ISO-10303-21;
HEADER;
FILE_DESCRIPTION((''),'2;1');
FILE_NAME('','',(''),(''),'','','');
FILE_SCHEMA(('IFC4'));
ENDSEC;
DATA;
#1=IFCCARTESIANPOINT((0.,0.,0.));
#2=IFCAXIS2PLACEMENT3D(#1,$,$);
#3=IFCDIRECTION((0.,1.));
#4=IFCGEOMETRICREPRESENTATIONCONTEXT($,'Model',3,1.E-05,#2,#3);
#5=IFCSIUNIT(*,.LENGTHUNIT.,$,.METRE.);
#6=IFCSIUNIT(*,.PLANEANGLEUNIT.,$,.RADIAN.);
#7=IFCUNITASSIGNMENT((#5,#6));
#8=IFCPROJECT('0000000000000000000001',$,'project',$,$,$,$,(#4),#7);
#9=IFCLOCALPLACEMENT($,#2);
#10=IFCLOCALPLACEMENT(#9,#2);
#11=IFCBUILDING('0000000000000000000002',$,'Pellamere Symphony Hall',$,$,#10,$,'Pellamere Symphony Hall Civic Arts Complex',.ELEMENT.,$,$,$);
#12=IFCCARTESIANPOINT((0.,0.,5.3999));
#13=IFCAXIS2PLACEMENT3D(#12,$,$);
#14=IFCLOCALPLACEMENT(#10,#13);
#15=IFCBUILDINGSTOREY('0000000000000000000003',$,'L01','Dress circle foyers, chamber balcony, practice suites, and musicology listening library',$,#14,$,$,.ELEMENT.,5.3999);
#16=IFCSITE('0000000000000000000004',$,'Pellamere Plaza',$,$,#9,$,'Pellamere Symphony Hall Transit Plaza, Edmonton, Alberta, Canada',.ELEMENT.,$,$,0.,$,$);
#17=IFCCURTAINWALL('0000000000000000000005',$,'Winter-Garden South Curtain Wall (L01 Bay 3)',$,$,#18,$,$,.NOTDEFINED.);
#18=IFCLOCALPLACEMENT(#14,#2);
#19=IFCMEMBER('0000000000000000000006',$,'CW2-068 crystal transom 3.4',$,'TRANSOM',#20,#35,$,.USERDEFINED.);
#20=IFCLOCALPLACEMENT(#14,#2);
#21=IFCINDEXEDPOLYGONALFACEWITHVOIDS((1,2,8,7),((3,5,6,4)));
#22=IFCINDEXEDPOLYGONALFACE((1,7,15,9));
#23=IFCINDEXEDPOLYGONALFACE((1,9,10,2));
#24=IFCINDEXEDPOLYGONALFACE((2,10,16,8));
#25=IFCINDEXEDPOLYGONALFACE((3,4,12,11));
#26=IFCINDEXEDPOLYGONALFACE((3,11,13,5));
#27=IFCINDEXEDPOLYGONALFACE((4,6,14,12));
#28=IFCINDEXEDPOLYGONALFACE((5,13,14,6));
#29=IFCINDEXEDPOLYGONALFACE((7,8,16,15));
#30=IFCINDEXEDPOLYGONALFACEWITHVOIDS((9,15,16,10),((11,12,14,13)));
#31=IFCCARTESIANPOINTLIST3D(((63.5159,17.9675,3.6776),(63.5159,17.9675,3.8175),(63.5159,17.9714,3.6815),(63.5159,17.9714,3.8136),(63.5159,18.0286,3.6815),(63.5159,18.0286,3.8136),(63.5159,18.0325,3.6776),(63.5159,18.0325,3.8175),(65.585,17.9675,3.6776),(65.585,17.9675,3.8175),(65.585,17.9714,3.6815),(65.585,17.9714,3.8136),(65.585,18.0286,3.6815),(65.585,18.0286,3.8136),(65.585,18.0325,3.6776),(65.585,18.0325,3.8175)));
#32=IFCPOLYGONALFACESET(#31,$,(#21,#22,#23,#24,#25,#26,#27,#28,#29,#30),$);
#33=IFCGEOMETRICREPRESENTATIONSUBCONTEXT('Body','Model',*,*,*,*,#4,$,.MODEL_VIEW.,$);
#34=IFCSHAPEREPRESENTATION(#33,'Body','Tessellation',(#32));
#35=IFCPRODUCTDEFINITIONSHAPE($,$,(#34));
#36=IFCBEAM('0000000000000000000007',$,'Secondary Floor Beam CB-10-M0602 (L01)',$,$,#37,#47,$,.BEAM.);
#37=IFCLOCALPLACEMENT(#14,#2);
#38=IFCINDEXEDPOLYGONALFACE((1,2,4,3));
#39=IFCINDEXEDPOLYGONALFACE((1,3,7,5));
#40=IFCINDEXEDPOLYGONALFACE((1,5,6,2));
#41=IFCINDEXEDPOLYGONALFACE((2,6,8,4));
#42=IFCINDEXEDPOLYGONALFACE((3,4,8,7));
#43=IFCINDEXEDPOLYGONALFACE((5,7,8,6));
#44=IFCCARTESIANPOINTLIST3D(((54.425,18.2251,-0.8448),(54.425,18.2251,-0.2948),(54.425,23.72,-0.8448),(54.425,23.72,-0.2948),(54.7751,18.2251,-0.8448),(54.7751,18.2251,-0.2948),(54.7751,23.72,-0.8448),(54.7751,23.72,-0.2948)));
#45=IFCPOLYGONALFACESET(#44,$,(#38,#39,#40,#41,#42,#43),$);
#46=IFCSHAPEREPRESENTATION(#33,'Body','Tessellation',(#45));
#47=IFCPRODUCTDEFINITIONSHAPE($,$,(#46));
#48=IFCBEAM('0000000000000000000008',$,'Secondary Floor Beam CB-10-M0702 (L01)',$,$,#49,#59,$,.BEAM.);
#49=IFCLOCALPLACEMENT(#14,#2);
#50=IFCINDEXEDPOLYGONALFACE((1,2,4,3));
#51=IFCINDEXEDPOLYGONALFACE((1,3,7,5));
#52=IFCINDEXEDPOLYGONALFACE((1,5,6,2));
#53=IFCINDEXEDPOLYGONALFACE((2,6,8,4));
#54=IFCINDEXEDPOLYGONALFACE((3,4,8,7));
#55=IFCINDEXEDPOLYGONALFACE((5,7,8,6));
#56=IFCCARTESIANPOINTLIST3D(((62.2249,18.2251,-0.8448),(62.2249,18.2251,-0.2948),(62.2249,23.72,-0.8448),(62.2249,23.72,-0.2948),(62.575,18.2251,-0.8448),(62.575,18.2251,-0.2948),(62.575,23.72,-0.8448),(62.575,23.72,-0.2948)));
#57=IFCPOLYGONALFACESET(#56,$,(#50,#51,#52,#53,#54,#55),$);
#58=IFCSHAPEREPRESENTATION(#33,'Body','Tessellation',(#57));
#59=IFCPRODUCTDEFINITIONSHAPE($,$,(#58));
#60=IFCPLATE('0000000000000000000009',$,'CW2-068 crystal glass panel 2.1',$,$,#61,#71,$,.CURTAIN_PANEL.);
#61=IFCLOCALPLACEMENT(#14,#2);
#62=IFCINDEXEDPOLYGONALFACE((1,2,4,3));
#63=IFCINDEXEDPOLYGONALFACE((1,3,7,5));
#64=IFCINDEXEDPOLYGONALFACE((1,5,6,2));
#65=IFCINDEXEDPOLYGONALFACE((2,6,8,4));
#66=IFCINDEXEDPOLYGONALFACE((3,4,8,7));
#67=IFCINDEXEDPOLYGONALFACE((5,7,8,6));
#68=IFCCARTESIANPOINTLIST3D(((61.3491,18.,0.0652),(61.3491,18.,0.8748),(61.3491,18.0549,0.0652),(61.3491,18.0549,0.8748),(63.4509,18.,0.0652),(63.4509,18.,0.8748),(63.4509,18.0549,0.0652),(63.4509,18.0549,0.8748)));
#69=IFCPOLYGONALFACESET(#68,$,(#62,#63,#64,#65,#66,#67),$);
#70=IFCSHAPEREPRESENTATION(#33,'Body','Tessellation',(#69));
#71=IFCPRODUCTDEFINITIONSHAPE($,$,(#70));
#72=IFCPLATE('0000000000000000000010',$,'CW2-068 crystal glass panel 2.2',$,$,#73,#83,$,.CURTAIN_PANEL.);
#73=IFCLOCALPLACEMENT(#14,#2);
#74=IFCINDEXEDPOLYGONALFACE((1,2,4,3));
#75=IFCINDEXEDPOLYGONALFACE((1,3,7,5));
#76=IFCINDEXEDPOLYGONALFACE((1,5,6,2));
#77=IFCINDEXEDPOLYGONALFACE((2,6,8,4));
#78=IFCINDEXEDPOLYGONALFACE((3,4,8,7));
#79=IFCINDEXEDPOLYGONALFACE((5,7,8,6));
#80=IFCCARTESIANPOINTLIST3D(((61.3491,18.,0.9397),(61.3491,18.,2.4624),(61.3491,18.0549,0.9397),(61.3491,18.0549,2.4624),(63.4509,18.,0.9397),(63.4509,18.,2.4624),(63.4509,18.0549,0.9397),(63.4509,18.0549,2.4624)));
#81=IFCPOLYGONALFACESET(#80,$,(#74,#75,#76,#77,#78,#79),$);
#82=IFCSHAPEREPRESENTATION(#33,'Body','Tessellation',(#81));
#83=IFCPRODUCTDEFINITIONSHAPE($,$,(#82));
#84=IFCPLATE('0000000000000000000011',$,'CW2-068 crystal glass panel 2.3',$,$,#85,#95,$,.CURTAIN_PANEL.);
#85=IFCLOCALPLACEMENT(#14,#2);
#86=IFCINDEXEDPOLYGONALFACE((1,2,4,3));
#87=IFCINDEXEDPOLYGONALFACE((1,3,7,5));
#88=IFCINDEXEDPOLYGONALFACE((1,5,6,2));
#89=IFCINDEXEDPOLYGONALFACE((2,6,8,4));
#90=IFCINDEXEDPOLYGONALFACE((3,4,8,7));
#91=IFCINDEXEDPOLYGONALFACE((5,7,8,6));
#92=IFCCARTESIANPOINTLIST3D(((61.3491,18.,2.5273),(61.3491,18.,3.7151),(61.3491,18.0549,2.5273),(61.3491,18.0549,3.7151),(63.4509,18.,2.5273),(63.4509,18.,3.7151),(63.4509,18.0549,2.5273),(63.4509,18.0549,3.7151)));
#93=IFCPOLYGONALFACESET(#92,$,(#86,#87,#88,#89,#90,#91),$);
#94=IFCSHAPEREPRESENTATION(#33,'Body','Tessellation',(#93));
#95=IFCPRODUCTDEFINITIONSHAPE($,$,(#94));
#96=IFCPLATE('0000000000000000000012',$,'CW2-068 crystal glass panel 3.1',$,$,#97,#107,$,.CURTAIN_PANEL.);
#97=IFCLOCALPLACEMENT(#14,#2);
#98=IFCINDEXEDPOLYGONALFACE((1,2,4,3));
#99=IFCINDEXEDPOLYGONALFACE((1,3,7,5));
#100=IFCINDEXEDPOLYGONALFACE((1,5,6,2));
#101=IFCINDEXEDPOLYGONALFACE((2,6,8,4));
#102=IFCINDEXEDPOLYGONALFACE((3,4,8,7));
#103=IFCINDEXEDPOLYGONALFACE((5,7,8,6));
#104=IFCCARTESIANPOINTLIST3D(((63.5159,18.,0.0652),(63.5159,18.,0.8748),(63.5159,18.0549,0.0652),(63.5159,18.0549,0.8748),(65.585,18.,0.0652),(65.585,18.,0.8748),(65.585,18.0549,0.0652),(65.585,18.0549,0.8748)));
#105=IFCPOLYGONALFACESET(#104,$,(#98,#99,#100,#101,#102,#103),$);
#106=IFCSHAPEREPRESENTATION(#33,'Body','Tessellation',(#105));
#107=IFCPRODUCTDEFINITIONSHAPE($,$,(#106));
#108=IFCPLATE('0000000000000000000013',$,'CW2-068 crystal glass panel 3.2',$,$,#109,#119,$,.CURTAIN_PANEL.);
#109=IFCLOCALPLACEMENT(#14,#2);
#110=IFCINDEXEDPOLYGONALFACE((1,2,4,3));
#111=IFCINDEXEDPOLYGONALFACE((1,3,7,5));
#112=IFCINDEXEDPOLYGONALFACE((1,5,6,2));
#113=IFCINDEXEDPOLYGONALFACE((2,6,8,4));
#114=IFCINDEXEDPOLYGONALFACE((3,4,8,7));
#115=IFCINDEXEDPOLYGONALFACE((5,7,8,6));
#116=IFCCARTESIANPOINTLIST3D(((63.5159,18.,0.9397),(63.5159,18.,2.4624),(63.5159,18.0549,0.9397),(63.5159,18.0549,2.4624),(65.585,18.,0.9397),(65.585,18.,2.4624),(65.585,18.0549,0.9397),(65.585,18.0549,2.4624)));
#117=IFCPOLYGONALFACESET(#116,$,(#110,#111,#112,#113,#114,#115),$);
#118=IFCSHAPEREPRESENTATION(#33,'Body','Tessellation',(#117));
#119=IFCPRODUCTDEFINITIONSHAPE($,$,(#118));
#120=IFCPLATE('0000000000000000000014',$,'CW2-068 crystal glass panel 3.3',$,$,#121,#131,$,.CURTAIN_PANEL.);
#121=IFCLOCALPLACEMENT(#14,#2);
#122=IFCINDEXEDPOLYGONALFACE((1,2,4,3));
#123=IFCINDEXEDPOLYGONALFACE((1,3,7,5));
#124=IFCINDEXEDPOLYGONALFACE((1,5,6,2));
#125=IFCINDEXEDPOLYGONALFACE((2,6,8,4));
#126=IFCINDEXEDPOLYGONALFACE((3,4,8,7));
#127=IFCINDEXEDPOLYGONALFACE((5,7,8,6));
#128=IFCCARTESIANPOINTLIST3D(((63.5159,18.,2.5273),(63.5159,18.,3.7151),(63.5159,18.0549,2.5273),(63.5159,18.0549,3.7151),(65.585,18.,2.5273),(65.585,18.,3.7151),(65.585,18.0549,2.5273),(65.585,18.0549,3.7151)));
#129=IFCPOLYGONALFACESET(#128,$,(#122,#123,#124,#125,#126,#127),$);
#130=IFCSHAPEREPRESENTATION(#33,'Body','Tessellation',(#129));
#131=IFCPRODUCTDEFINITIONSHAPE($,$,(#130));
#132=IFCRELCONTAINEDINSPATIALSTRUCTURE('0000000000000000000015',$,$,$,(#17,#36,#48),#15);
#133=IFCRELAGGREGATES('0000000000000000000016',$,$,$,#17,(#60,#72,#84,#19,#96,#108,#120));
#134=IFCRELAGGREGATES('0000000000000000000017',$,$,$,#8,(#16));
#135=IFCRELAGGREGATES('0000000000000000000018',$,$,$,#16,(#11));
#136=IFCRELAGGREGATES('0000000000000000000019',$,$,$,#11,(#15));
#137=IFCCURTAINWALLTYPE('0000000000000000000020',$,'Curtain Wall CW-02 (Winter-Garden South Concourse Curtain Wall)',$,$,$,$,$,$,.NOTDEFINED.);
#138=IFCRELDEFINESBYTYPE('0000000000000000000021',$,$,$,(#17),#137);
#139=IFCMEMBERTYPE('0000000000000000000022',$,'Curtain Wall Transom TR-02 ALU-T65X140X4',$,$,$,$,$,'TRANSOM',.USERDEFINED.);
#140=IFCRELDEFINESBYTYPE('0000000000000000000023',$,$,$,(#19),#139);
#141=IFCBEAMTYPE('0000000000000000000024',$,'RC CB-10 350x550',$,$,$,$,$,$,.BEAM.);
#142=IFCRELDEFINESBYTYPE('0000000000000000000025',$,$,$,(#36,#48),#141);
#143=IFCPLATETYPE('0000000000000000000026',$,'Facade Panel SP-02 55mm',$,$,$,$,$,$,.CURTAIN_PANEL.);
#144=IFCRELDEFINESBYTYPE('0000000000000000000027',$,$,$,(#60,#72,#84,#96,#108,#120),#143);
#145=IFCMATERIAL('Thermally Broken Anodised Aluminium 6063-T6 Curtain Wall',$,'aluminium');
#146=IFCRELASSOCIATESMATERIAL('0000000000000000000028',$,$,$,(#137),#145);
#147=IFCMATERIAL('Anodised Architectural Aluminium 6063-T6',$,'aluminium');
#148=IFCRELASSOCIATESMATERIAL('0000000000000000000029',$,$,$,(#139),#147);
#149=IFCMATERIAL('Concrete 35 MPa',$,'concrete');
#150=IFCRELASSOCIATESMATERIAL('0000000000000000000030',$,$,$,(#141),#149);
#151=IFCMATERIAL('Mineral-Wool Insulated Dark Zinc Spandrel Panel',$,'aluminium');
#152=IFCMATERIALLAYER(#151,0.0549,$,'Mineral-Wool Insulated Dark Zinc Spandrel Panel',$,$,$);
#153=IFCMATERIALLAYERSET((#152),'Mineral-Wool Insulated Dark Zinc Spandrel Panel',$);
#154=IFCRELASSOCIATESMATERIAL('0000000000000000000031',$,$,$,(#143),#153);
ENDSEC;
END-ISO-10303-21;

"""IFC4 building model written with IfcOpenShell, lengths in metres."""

from ifc_helpers import new_model, si_unit, direction, frame, origin, origin_2d, place, context, subcontext, project, spatial, polyline, rectangle, hollow_rectangle, outline, extrude, material, layer, layer_set, material_profile, profile_set, type_object, element, aggregate, save


model = new_model("IFC4")

# Units and contexts
model_context = context("Model", 3, precision=1e-05, world=origin(), true_north=direction((0.0, 1.0)))
body_context = subcontext(model_context, "Body", "Model", "MODEL_VIEW")
ifc_project = project(units=[si_unit("LENGTHUNIT", "METRE"), si_unit("PLANEANGLEUNIT", "RADIAN")], contexts=[model_context])

# Site, building, storey
site_placement = place(None, origin())
site = spatial("IfcSite", under=ifc_project, at=site_placement, Name="Pellamere Plaza", LongName="Pellamere Symphony Hall Transit Plaza, Edmonton, Alberta, Canada", CompositionType="ELEMENT", RefElevation=0.0)
building_placement = place(site_placement, origin())
building = spatial("IfcBuilding", under=site, at=building_placement, Name="Pellamere Symphony Hall", LongName="Pellamere Symphony Hall Civic Arts Complex", CompositionType="ELEMENT")
storey_placement = place(building_placement, frame((0.0, 0.0, 5.3999)))
storey = spatial("IfcBuildingStorey", under=building, at=storey_placement, Name="L01", Description="Dress circle foyers, chamber balcony, practice suites, and musicology listening library", CompositionType="ELEMENT", Elevation=5.3999)

# Curtain wall, member
ifc_material_1 = material(Name="Thermally Broken Anodised Aluminium 6063-T6 Curtain Wall", Category="aluminium")
curtain_wall_type = type_object("IfcCurtainWallType", Name="Curtain Wall CW-02 (Winter-Garden South Concourse Curtain Wall)", PredefinedType="NOTDEFINED", material=ifc_material_1)
curtain_wall_placement = place(storey_placement, origin())
curtain_wall = element("IfcCurtainWall", 1, at=curtain_wall_placement, inside=storey, type_object=curtain_wall_type, Name="Winter-Garden South Curtain Wall (L01 Bay 3)", PredefinedType="NOTDEFINED")
ifc_material_2 = material(Name="Anodised Architectural Aluminium 6063-T6", Category="aluminium")
ifc_material_profile_1 = material_profile(ifc_material_2, hollow_rectangle(XDim=0.0649, YDim=0.1399, WallThickness=0.0039, at=origin_2d()), Name="ALU-T65X140X4")
ifc_profile_set_1 = profile_set([ifc_material_profile_1], Name="Anodised Architectural Aluminium 6063-T6")
member_type_1 = type_object("IfcMemberType", Name="Curtain Wall Transom TR-02 ALU-T65X140X4", ElementType="TRANSOM", PredefinedType="USERDEFINED", material=ifc_profile_set_1)
member_1_placement = place(storey_placement, frame((63.5159, 18.0, 3.7476), z_axis=(1.0, 0.0, 0.0), x_axis=(0.0, 1.0, 0.0)))
member_1 = element("IfcMember", 2, at=member_1_placement, type_object=member_type_1, Name="CW2-068 crystal transom 3.4", ObjectType="TRANSOM", PredefinedType="USERDEFINED", context=body_context, shape_type="SweptSolid", body=[
    extrude(hollow_rectangle(XDim=0.0649, YDim=0.1399, WallThickness=0.0039, at=origin_2d()), origin(), (0.0, 0.0, 1.0), 2.0691),
])

# Beams
ifc_material_3 = material(Name="Concrete 35 MPa", Category="concrete")
ifc_material_profile_2 = material_profile(ifc_material_3, rectangle(XDim=0.3501, YDim=0.55, at=origin_2d()), Name="RC 350x550")
ifc_profile_set_2 = profile_set([ifc_material_profile_2], Name="Concrete 35 MPa")
beam_type = type_object("IfcBeamType", Name="RC CB-10 350x550", PredefinedType="BEAM", material=ifc_profile_set_2)
for number, where, z_axis, x_axis, name in (
    (3, (54.6001, 18.2251, -0.5698), (0.0, 1.0, 0.0), (-1.0, 0.0, 0.0), "Secondary Floor Beam CB-10-M0602 (L01)"),
    (4, (62.3999, 18.2251, -0.5698), (0.0, 1.0, 0.0), (-1.0, 0.0, 0.0), "Secondary Floor Beam CB-10-M0702 (L01)"),
):
    element("IfcBeam", number, at=place(storey_placement, frame(where, z_axis=z_axis, x_axis=x_axis)), inside=storey, type_object=beam_type, Name=name, PredefinedType="BEAM", context=body_context, shape_type="SweptSolid", body=[
        extrude(rectangle(XDim=0.3501, YDim=0.55, at=origin_2d()), origin(), (0.0, 0.0, 1.0), 5.4949),
    ])

# Plates
ifc_material_4 = material(Name="Mineral-Wool Insulated Dark Zinc Spandrel Panel", Category="aluminium")
ifc_layer = layer(ifc_material_4, 0.0549, Name="Mineral-Wool Insulated Dark Zinc Spandrel Panel")
ifc_layer_set = layer_set([ifc_layer], Name="Mineral-Wool Insulated Dark Zinc Spandrel Panel")
plate_type = type_object("IfcPlateType", Name="Facade Panel SP-02 55mm", PredefinedType="CURTAIN_PANEL", material=ifc_layer_set)
plate_1_placement = place(storey_placement, frame((61.3491, 18.0, 0.0652), z_axis=(0.0, -1.0, 0.0), x_axis=(1.0, 0.0, 0.0)))
plate_1 = element("IfcPlate", 5, at=plate_1_placement, type_object=plate_type, Name="CW2-068 crystal glass panel 2.1", PredefinedType="CURTAIN_PANEL", context=body_context, shape_type="SweptSolid", body=[
    extrude(outline(polyline([(0.0, 0.0), (2.1018, 0.0), (2.1018, 0.8096), (0.0, 0.8096), (0.0, 0.0)])), origin(), (0.0, 0.0, -1.0), 0.0549),
])
plate_2_placement = place(storey_placement, frame((61.3491, 18.0, 0.9397), z_axis=(0.0, -1.0, 0.0), x_axis=(1.0, 0.0, 0.0)))
plate_2 = element("IfcPlate", 6, at=plate_2_placement, type_object=plate_type, Name="CW2-068 crystal glass panel 2.2", PredefinedType="CURTAIN_PANEL", context=body_context, shape_type="SweptSolid", body=[
    extrude(outline(polyline([(0.0, 0.0), (2.1018, 0.0), (2.1018, 1.5227), (0.0, 1.5227), (0.0, 0.0)])), origin(), (0.0, 0.0, -1.0), 0.0549),
])
plate_3_placement = place(storey_placement, frame((61.3491, 18.0, 2.5273), z_axis=(0.0, -1.0, 0.0), x_axis=(1.0, 0.0, 0.0)))
plate_3 = element("IfcPlate", 7, at=plate_3_placement, type_object=plate_type, Name="CW2-068 crystal glass panel 2.3", PredefinedType="CURTAIN_PANEL", context=body_context, shape_type="SweptSolid", body=[
    extrude(outline(polyline([(0.0, 0.0), (2.1018, 0.0), (2.1018, 1.1877), (0.0, 1.1877), (0.0, 0.0)])), origin(), (0.0, 0.0, -1.0), 0.0549),
])
plate_4_placement = place(storey_placement, frame((63.5159, 18.0, 0.0652), z_axis=(0.0, -1.0, 0.0), x_axis=(1.0, 0.0, 0.0)))
plate_4 = element("IfcPlate", 8, at=plate_4_placement, type_object=plate_type, Name="CW2-068 crystal glass panel 3.1", PredefinedType="CURTAIN_PANEL", context=body_context, shape_type="SweptSolid", body=[
    extrude(outline(polyline([(0.0, 0.0), (2.0691, 0.0), (2.0691, 0.8096), (0.0, 0.8096), (0.0, 0.0)])), origin(), (0.0, 0.0, -1.0), 0.0549),
])
plate_5_placement = place(storey_placement, frame((63.5159, 18.0, 0.9397), z_axis=(0.0, -1.0, 0.0), x_axis=(1.0, 0.0, 0.0)))
plate_5 = element("IfcPlate", 9, at=plate_5_placement, type_object=plate_type, Name="CW2-068 crystal glass panel 3.2", PredefinedType="CURTAIN_PANEL", context=body_context, shape_type="SweptSolid", body=[
    extrude(outline(polyline([(0.0, 0.0), (2.0691, 0.0), (2.0691, 1.5227), (0.0, 1.5227), (0.0, 0.0)])), origin(), (0.0, 0.0, -1.0), 0.0549),
])
plate_6_placement = place(storey_placement, frame((63.5159, 18.0, 2.5273), z_axis=(0.0, -1.0, 0.0), x_axis=(1.0, 0.0, 0.0)))
plate_6 = element("IfcPlate", 10, at=plate_6_placement, type_object=plate_type, Name="CW2-068 crystal glass panel 3.3", PredefinedType="CURTAIN_PANEL", context=body_context, shape_type="SweptSolid", body=[
    extrude(outline(polyline([(0.0, 0.0), (2.0691, 0.0), (2.0691, 1.1877), (0.0, 1.1877), (0.0, 0.0)])), origin(), (0.0, 0.0, -1.0), 0.0549),
])
aggregate(curtain_wall, [plate_1, plate_2, plate_3, member_1, plate_4, plate_5, plate_6])

save(model, "model.ifc")
